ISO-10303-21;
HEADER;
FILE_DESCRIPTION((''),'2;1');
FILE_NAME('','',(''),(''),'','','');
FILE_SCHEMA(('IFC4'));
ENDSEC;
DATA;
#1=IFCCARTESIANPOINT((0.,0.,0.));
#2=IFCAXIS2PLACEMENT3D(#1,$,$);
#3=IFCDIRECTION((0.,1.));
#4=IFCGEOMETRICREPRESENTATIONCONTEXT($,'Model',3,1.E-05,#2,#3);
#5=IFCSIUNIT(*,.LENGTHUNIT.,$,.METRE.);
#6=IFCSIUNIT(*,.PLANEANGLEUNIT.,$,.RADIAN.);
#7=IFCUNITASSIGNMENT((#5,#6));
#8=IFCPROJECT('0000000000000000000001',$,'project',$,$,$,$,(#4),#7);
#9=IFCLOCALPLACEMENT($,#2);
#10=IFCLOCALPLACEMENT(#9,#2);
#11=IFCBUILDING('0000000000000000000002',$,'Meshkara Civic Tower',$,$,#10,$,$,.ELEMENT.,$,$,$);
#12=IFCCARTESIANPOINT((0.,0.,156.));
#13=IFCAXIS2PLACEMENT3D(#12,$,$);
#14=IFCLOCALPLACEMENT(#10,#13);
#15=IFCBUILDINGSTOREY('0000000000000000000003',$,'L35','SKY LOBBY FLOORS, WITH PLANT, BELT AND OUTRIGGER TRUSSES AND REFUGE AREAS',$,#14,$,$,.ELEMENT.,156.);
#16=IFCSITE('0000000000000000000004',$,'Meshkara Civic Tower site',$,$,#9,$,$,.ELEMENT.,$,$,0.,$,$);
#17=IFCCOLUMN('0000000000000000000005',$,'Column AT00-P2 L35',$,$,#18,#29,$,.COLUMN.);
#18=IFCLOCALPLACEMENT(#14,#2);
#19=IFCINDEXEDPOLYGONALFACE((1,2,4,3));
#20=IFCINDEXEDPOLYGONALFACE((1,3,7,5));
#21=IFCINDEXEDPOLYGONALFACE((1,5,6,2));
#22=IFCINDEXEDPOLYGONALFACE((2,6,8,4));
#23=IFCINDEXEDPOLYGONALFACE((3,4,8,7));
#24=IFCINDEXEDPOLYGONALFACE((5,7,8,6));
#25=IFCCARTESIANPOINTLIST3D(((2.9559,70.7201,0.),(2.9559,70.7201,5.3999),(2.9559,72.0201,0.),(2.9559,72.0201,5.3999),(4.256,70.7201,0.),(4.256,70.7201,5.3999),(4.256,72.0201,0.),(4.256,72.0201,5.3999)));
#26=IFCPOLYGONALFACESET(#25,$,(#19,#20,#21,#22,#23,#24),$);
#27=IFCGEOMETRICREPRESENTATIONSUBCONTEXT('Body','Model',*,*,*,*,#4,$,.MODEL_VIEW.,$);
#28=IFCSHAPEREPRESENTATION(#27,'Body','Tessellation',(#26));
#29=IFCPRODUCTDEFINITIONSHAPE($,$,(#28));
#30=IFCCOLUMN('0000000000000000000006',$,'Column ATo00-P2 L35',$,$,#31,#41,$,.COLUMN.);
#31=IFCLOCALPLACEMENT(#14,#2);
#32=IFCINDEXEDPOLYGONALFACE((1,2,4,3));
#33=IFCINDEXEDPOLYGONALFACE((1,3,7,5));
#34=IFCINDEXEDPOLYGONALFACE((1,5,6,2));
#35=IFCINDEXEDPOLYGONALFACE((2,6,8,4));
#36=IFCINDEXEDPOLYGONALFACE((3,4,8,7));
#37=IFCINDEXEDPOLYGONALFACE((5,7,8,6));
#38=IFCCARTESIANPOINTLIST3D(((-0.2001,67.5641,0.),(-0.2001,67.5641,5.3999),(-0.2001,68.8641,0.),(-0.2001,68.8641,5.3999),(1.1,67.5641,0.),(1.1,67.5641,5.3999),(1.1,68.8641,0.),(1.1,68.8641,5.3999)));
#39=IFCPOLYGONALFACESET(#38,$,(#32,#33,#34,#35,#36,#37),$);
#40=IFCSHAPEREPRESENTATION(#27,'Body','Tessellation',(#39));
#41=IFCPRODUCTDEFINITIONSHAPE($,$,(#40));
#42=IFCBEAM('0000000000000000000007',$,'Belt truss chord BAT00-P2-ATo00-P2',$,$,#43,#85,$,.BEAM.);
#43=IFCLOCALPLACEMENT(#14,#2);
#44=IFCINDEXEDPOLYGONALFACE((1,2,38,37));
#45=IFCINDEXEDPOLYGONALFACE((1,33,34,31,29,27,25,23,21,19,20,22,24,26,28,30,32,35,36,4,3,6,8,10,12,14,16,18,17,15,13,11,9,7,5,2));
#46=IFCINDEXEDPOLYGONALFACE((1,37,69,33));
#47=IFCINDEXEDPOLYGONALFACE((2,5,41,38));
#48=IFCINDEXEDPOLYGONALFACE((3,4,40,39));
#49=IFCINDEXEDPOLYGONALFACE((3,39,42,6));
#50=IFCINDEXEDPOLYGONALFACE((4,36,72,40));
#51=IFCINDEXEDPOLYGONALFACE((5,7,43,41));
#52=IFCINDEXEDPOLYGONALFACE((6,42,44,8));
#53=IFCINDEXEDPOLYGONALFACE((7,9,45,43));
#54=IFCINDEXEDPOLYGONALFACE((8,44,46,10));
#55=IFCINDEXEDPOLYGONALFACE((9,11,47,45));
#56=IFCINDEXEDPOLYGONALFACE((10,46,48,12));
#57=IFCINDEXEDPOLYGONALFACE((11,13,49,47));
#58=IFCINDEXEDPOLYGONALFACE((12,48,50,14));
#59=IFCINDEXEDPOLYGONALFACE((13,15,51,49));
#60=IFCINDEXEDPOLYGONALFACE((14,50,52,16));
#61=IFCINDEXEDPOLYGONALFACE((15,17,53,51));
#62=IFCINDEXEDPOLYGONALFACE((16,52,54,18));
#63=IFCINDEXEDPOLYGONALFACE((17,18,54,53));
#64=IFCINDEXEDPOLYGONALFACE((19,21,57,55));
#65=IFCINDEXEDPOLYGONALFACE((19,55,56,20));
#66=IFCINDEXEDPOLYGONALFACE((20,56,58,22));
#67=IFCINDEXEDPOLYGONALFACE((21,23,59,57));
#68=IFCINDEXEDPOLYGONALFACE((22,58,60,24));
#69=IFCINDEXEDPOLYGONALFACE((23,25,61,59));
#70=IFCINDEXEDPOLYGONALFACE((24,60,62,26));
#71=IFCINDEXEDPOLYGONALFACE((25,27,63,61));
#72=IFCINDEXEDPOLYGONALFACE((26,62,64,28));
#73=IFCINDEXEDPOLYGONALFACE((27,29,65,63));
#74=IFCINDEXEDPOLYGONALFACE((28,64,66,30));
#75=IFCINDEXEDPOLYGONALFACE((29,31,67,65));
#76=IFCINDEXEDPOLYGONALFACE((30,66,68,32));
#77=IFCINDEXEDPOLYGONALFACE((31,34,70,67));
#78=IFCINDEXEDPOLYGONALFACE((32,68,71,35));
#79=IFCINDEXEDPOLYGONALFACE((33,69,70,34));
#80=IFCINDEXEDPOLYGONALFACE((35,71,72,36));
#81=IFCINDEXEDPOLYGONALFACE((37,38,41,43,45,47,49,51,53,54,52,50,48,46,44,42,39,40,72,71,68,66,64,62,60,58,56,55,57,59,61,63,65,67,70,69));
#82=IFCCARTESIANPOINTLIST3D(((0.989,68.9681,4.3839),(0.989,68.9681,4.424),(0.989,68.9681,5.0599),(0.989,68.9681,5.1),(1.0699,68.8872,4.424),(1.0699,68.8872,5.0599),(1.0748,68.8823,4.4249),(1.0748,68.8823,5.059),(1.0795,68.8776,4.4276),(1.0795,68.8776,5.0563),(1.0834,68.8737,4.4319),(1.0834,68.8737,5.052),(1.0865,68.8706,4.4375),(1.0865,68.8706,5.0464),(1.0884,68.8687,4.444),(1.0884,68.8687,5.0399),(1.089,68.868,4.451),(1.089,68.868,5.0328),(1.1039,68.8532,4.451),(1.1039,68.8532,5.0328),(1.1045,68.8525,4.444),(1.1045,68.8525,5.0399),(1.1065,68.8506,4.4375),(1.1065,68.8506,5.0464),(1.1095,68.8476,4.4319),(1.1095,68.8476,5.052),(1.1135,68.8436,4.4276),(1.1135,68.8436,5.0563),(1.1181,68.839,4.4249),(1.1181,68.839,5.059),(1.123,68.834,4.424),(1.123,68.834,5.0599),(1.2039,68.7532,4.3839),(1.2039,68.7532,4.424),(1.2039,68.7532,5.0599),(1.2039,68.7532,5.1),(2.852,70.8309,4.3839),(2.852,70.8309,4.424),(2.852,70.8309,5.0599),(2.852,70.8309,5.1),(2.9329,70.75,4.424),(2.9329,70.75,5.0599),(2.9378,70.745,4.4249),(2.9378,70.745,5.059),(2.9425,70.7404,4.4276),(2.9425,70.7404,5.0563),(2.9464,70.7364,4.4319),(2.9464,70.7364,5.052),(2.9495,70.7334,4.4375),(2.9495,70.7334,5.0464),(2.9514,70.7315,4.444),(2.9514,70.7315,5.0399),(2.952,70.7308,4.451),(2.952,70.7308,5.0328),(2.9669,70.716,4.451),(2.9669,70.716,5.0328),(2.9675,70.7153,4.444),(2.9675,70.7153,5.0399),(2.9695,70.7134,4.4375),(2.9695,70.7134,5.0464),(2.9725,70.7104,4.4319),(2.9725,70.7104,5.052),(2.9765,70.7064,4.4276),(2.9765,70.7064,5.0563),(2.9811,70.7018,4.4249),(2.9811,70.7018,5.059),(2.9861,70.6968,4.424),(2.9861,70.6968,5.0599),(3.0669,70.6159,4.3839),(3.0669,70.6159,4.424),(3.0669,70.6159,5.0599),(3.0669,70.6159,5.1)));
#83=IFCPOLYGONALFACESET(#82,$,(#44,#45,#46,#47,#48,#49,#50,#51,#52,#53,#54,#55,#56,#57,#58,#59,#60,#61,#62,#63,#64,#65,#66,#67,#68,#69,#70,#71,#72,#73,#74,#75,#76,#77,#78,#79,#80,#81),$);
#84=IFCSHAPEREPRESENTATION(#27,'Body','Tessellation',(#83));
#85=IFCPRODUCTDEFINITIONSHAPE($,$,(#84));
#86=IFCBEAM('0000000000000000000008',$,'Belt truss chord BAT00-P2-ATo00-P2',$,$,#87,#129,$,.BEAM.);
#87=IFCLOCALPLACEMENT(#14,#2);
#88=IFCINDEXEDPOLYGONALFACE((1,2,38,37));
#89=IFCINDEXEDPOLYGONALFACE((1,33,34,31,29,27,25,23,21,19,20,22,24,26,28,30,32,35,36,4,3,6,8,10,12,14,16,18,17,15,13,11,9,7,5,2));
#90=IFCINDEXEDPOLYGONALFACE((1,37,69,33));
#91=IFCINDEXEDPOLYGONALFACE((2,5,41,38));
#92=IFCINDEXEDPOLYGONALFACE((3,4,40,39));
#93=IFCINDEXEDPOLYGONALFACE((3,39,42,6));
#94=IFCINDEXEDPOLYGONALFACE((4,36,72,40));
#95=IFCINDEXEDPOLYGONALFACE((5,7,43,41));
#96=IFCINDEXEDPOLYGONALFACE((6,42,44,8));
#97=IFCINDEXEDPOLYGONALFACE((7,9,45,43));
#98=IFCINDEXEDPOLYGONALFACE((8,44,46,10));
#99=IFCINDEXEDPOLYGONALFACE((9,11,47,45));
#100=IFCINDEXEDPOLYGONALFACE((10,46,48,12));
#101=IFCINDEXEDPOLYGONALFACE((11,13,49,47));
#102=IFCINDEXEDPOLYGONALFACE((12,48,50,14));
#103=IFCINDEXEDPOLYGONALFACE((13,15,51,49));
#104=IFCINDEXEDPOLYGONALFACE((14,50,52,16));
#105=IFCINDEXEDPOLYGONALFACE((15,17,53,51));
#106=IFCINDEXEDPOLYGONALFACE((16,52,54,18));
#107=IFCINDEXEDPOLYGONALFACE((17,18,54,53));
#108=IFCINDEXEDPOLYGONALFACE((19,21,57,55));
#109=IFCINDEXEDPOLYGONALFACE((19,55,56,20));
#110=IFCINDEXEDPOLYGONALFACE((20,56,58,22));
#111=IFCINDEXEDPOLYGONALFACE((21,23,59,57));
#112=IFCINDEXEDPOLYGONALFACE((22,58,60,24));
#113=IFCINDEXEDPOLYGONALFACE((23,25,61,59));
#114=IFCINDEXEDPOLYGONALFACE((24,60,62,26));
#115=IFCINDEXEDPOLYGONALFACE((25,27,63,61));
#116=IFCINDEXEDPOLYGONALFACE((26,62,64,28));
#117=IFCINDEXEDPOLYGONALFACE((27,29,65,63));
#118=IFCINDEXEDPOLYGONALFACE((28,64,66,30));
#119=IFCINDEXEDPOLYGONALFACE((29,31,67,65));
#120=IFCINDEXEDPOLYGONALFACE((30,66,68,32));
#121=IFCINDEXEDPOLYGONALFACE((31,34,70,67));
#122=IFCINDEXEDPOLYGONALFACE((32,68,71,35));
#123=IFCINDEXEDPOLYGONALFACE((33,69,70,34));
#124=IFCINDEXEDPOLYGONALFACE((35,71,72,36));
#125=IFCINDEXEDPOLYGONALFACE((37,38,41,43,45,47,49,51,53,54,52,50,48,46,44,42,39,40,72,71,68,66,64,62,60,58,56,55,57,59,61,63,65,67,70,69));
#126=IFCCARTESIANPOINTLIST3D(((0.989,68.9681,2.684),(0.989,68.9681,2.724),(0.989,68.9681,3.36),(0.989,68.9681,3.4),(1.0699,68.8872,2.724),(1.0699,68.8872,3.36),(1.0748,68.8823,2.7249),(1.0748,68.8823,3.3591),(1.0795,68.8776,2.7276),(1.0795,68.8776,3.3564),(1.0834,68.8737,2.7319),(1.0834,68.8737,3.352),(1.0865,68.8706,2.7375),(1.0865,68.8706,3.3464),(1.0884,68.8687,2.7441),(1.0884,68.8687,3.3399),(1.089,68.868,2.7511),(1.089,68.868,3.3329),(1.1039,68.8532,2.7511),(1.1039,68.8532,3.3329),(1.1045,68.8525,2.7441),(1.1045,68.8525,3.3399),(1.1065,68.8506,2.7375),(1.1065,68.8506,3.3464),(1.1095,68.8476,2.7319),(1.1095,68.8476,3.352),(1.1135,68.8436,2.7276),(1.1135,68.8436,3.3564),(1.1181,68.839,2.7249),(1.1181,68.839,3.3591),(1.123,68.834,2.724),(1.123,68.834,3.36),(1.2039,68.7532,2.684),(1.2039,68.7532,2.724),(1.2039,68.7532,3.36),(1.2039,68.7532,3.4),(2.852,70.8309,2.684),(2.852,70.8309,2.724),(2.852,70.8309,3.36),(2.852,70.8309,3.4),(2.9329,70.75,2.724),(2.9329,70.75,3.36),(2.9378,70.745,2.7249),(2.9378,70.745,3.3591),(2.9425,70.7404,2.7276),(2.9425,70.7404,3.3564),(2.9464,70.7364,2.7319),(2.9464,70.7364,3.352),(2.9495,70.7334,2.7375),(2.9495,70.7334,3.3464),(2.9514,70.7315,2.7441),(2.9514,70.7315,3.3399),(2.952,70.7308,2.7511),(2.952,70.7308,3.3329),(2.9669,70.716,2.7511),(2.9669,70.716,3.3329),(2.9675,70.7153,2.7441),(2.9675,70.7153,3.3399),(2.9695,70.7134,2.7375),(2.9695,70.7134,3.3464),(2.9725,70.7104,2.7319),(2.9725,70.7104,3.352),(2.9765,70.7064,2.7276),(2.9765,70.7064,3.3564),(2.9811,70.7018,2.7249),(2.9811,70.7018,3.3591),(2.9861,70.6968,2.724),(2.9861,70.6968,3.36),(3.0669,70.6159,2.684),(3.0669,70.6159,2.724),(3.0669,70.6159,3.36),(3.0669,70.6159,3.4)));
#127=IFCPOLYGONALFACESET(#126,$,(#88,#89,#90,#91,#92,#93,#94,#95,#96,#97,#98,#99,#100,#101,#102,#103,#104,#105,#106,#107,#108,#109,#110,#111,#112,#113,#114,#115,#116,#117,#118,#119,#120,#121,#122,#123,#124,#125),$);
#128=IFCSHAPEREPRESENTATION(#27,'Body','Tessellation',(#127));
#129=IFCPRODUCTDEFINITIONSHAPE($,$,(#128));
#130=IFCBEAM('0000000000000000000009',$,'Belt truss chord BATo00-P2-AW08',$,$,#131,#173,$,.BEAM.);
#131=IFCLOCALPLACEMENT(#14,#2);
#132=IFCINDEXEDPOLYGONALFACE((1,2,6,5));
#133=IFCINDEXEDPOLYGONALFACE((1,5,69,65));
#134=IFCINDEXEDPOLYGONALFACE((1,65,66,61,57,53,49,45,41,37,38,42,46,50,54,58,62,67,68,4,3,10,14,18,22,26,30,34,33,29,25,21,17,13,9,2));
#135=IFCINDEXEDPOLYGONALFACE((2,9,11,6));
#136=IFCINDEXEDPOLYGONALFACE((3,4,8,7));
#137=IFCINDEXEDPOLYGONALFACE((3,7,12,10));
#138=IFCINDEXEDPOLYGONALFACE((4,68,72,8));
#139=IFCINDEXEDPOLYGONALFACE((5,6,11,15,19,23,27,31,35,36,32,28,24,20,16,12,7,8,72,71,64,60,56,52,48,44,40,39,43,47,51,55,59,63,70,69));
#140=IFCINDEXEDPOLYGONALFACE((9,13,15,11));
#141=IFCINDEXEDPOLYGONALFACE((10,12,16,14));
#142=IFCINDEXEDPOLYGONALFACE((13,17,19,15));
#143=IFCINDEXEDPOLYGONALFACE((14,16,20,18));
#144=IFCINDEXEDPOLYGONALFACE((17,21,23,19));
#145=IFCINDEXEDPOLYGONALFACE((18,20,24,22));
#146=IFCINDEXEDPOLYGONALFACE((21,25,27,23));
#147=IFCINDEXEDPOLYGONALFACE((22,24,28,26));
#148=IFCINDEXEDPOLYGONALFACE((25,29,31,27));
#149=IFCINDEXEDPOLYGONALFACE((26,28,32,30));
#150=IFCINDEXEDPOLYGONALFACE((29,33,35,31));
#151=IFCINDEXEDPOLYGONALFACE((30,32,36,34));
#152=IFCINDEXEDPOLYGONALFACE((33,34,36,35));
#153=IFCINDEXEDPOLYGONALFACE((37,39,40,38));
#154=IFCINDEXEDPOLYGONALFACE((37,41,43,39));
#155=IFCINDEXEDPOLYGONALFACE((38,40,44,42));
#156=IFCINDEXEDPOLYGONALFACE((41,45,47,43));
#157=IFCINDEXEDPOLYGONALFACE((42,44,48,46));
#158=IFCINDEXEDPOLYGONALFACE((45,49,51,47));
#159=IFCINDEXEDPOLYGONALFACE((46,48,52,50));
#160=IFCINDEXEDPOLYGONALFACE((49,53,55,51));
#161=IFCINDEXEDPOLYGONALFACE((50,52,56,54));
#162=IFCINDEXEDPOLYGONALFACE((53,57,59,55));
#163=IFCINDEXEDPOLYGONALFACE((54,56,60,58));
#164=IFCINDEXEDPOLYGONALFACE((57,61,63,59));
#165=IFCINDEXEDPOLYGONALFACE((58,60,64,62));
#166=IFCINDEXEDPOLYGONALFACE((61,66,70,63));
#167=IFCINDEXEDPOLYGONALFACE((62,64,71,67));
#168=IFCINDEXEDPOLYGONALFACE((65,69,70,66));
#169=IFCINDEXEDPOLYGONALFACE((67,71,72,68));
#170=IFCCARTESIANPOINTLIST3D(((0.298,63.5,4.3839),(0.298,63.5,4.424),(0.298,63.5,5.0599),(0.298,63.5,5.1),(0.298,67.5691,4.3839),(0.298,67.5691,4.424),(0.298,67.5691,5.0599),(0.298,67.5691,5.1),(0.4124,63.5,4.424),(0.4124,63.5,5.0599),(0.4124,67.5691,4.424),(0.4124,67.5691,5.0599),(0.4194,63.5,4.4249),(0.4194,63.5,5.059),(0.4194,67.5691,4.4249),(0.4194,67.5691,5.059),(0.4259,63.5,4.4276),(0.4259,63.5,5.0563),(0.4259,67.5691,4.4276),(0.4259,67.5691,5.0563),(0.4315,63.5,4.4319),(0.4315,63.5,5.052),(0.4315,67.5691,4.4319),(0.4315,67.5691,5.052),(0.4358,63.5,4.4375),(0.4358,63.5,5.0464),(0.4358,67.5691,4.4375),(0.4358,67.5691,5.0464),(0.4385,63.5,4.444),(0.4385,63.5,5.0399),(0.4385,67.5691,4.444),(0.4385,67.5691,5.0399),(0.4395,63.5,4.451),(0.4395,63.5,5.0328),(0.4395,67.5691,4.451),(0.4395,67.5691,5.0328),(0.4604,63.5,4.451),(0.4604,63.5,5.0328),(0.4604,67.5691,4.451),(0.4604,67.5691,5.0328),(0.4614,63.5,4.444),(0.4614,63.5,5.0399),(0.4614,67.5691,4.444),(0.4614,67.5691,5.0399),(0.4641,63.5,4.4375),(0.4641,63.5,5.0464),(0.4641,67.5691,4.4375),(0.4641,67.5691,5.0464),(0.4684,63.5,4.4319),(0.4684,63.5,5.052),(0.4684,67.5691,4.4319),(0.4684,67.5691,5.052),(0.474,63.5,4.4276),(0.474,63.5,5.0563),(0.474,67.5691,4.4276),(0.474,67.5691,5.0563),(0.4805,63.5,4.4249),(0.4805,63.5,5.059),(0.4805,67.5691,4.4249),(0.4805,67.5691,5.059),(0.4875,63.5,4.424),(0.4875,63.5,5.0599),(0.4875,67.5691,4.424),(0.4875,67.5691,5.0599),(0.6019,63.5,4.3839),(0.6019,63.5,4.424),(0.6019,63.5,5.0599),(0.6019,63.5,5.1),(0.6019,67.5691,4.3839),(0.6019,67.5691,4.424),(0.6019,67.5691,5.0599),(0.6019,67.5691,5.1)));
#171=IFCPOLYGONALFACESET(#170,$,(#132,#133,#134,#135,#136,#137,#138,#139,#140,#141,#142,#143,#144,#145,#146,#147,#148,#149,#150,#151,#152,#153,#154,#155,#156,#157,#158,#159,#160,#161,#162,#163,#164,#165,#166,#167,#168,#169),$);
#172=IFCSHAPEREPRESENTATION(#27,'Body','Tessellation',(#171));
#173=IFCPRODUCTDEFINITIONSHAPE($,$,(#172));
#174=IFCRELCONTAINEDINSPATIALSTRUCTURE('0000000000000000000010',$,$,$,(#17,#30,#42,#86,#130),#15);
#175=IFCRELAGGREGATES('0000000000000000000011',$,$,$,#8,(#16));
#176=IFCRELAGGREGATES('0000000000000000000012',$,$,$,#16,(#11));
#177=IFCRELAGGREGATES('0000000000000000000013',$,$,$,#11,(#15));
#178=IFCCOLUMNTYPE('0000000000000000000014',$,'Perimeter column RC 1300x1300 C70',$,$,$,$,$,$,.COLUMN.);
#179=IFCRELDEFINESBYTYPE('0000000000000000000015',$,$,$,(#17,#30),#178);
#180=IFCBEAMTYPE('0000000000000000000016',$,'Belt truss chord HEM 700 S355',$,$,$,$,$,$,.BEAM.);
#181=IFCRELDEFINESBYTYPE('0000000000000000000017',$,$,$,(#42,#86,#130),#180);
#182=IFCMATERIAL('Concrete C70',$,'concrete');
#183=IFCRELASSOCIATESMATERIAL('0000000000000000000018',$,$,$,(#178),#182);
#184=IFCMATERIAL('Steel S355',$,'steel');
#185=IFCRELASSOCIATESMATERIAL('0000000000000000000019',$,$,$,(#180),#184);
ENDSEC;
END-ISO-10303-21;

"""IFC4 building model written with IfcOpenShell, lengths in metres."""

from ifc_helpers import new_model, si_unit, direction, frame, origin, origin_2d, place, context, subcontext, project, spatial, rectangle, i_section, extrude, material, material_profile, profile_set, type_object, element, save


model = new_model("IFC4")

# Units and contexts
model_context = context("Model", 3, precision=1e-05, world=origin(), true_north=direction((0.0, 1.0)))
body_context = subcontext(model_context, "Body", "Model", "MODEL_VIEW")
ifc_project = project(units=[si_unit("LENGTHUNIT", "METRE"), si_unit("PLANEANGLEUNIT", "RADIAN")], contexts=[model_context])

# Site, building, storey
site_placement = place(None, origin())
site = spatial("IfcSite", under=ifc_project, at=site_placement, Name="Meshkara Civic Tower site", CompositionType="ELEMENT", RefElevation=0.0)
building_placement = place(site_placement, origin())
building = spatial("IfcBuilding", under=site, at=building_placement, Name="Meshkara Civic Tower", CompositionType="ELEMENT")
storey_placement = place(building_placement, frame((0.0, 0.0, 156.0)))
storey = spatial("IfcBuildingStorey", under=building, at=storey_placement, Name="L35", Description="SKY LOBBY FLOORS, WITH PLANT, BELT AND OUTRIGGER TRUSSES AND REFUGE AREAS", CompositionType="ELEMENT", Elevation=156.0)

# Columns
ifc_material_1 = material(Name="Concrete C70", Category="concrete")
ifc_material_profile_1 = material_profile(ifc_material_1, rectangle(XDim=1.3, YDim=1.3, at=origin_2d()))
ifc_profile_set_1 = profile_set([ifc_material_profile_1], Name="Concrete C70")
column_type = type_object("IfcColumnType", Name="Perimeter column RC 1300x1300 C70", PredefinedType="COLUMN", material=ifc_profile_set_1)
for number, where, z_axis, x_axis, name in (
    (1, (3.606, 71.3701, 0.0), (0.0, 0.0, 1.0), (1.0, 0.0, 0.0), "Column AT00-P2 L35"),
    (2, (0.45, 68.2141, 0.0), (0.0, 0.0, 1.0), (1.0, 0.0, 0.0), "Column ATo00-P2 L35"),
):
    element("IfcColumn", number, at=place(storey_placement, frame(where, z_axis=z_axis, x_axis=x_axis)), inside=storey, type_object=column_type, Name=name, PredefinedType="COLUMN", context=body_context, shape_type="SweptSolid", body=[
        extrude(rectangle(XDim=1.3, YDim=1.3, at=origin_2d()), origin(), (0.0, 0.0, 1.0), 5.3999),
    ])

# Beams
ifc_material_2 = material(Name="Steel S355", Category="steel")
ifc_material_profile_2 = material_profile(ifc_material_2, i_section(OverallWidth=0.304, OverallDepth=0.7161, WebThickness=0.021, FlangeThickness=0.04, FilletRadius=0.0271, at=origin_2d()))
ifc_profile_set_2 = profile_set([ifc_material_profile_2], Name="Steel S355")
beam_type = type_object("IfcBeamType", Name="Belt truss chord HEM 700 S355", PredefinedType="BEAM", material=ifc_profile_set_2)
for number, where, z_axis, x_axis, name in (
    (3, (2.9595, 70.7234, 4.7419), (-0.707153, -0.70706, 0.0), (0.70706, -0.707153, 0.0), "Belt truss chord BAT00-P2-ATo00-P2"),
    (4, (2.9595, 70.7234, 3.042), (-0.707153, -0.70706, 0.0), (0.70706, -0.707153, 0.0), "Belt truss chord BAT00-P2-ATo00-P2"),
):
    element("IfcBeam", number, at=place(storey_placement, frame(where, z_axis=z_axis, x_axis=x_axis)), inside=storey, type_object=beam_type, Name=name, PredefinedType="BEAM", context=body_context, shape_type="SweptSolid", body=[
        extrude(i_section(OverallWidth=0.304, OverallDepth=0.7161, WebThickness=0.021, FlangeThickness=0.04, FilletRadius=0.0271, at=origin_2d()), origin(), (0.0, 0.0, 1.0), 2.6345),
    ])
for number, where, z_axis, x_axis, name in (
    (5, (0.45, 67.5691, 4.7419), (0.0, -1.0, 0.0), (1.0, 0.0, 0.0), "Belt truss chord BATo00-P2-AW08"),
):
    element("IfcBeam", number, at=place(storey_placement, frame(where, z_axis=z_axis, x_axis=x_axis)), inside=storey, type_object=beam_type, Name=name, PredefinedType="BEAM", context=body_context, shape_type="SweptSolid", body=[
        extrude(i_section(OverallWidth=0.304, OverallDepth=0.7161, WebThickness=0.021, FlangeThickness=0.04, FilletRadius=0.0271, at=origin_2d()), origin(), (0.0, 0.0, 1.0), 4.0691),
    ])

save(model, "model.ifc")
